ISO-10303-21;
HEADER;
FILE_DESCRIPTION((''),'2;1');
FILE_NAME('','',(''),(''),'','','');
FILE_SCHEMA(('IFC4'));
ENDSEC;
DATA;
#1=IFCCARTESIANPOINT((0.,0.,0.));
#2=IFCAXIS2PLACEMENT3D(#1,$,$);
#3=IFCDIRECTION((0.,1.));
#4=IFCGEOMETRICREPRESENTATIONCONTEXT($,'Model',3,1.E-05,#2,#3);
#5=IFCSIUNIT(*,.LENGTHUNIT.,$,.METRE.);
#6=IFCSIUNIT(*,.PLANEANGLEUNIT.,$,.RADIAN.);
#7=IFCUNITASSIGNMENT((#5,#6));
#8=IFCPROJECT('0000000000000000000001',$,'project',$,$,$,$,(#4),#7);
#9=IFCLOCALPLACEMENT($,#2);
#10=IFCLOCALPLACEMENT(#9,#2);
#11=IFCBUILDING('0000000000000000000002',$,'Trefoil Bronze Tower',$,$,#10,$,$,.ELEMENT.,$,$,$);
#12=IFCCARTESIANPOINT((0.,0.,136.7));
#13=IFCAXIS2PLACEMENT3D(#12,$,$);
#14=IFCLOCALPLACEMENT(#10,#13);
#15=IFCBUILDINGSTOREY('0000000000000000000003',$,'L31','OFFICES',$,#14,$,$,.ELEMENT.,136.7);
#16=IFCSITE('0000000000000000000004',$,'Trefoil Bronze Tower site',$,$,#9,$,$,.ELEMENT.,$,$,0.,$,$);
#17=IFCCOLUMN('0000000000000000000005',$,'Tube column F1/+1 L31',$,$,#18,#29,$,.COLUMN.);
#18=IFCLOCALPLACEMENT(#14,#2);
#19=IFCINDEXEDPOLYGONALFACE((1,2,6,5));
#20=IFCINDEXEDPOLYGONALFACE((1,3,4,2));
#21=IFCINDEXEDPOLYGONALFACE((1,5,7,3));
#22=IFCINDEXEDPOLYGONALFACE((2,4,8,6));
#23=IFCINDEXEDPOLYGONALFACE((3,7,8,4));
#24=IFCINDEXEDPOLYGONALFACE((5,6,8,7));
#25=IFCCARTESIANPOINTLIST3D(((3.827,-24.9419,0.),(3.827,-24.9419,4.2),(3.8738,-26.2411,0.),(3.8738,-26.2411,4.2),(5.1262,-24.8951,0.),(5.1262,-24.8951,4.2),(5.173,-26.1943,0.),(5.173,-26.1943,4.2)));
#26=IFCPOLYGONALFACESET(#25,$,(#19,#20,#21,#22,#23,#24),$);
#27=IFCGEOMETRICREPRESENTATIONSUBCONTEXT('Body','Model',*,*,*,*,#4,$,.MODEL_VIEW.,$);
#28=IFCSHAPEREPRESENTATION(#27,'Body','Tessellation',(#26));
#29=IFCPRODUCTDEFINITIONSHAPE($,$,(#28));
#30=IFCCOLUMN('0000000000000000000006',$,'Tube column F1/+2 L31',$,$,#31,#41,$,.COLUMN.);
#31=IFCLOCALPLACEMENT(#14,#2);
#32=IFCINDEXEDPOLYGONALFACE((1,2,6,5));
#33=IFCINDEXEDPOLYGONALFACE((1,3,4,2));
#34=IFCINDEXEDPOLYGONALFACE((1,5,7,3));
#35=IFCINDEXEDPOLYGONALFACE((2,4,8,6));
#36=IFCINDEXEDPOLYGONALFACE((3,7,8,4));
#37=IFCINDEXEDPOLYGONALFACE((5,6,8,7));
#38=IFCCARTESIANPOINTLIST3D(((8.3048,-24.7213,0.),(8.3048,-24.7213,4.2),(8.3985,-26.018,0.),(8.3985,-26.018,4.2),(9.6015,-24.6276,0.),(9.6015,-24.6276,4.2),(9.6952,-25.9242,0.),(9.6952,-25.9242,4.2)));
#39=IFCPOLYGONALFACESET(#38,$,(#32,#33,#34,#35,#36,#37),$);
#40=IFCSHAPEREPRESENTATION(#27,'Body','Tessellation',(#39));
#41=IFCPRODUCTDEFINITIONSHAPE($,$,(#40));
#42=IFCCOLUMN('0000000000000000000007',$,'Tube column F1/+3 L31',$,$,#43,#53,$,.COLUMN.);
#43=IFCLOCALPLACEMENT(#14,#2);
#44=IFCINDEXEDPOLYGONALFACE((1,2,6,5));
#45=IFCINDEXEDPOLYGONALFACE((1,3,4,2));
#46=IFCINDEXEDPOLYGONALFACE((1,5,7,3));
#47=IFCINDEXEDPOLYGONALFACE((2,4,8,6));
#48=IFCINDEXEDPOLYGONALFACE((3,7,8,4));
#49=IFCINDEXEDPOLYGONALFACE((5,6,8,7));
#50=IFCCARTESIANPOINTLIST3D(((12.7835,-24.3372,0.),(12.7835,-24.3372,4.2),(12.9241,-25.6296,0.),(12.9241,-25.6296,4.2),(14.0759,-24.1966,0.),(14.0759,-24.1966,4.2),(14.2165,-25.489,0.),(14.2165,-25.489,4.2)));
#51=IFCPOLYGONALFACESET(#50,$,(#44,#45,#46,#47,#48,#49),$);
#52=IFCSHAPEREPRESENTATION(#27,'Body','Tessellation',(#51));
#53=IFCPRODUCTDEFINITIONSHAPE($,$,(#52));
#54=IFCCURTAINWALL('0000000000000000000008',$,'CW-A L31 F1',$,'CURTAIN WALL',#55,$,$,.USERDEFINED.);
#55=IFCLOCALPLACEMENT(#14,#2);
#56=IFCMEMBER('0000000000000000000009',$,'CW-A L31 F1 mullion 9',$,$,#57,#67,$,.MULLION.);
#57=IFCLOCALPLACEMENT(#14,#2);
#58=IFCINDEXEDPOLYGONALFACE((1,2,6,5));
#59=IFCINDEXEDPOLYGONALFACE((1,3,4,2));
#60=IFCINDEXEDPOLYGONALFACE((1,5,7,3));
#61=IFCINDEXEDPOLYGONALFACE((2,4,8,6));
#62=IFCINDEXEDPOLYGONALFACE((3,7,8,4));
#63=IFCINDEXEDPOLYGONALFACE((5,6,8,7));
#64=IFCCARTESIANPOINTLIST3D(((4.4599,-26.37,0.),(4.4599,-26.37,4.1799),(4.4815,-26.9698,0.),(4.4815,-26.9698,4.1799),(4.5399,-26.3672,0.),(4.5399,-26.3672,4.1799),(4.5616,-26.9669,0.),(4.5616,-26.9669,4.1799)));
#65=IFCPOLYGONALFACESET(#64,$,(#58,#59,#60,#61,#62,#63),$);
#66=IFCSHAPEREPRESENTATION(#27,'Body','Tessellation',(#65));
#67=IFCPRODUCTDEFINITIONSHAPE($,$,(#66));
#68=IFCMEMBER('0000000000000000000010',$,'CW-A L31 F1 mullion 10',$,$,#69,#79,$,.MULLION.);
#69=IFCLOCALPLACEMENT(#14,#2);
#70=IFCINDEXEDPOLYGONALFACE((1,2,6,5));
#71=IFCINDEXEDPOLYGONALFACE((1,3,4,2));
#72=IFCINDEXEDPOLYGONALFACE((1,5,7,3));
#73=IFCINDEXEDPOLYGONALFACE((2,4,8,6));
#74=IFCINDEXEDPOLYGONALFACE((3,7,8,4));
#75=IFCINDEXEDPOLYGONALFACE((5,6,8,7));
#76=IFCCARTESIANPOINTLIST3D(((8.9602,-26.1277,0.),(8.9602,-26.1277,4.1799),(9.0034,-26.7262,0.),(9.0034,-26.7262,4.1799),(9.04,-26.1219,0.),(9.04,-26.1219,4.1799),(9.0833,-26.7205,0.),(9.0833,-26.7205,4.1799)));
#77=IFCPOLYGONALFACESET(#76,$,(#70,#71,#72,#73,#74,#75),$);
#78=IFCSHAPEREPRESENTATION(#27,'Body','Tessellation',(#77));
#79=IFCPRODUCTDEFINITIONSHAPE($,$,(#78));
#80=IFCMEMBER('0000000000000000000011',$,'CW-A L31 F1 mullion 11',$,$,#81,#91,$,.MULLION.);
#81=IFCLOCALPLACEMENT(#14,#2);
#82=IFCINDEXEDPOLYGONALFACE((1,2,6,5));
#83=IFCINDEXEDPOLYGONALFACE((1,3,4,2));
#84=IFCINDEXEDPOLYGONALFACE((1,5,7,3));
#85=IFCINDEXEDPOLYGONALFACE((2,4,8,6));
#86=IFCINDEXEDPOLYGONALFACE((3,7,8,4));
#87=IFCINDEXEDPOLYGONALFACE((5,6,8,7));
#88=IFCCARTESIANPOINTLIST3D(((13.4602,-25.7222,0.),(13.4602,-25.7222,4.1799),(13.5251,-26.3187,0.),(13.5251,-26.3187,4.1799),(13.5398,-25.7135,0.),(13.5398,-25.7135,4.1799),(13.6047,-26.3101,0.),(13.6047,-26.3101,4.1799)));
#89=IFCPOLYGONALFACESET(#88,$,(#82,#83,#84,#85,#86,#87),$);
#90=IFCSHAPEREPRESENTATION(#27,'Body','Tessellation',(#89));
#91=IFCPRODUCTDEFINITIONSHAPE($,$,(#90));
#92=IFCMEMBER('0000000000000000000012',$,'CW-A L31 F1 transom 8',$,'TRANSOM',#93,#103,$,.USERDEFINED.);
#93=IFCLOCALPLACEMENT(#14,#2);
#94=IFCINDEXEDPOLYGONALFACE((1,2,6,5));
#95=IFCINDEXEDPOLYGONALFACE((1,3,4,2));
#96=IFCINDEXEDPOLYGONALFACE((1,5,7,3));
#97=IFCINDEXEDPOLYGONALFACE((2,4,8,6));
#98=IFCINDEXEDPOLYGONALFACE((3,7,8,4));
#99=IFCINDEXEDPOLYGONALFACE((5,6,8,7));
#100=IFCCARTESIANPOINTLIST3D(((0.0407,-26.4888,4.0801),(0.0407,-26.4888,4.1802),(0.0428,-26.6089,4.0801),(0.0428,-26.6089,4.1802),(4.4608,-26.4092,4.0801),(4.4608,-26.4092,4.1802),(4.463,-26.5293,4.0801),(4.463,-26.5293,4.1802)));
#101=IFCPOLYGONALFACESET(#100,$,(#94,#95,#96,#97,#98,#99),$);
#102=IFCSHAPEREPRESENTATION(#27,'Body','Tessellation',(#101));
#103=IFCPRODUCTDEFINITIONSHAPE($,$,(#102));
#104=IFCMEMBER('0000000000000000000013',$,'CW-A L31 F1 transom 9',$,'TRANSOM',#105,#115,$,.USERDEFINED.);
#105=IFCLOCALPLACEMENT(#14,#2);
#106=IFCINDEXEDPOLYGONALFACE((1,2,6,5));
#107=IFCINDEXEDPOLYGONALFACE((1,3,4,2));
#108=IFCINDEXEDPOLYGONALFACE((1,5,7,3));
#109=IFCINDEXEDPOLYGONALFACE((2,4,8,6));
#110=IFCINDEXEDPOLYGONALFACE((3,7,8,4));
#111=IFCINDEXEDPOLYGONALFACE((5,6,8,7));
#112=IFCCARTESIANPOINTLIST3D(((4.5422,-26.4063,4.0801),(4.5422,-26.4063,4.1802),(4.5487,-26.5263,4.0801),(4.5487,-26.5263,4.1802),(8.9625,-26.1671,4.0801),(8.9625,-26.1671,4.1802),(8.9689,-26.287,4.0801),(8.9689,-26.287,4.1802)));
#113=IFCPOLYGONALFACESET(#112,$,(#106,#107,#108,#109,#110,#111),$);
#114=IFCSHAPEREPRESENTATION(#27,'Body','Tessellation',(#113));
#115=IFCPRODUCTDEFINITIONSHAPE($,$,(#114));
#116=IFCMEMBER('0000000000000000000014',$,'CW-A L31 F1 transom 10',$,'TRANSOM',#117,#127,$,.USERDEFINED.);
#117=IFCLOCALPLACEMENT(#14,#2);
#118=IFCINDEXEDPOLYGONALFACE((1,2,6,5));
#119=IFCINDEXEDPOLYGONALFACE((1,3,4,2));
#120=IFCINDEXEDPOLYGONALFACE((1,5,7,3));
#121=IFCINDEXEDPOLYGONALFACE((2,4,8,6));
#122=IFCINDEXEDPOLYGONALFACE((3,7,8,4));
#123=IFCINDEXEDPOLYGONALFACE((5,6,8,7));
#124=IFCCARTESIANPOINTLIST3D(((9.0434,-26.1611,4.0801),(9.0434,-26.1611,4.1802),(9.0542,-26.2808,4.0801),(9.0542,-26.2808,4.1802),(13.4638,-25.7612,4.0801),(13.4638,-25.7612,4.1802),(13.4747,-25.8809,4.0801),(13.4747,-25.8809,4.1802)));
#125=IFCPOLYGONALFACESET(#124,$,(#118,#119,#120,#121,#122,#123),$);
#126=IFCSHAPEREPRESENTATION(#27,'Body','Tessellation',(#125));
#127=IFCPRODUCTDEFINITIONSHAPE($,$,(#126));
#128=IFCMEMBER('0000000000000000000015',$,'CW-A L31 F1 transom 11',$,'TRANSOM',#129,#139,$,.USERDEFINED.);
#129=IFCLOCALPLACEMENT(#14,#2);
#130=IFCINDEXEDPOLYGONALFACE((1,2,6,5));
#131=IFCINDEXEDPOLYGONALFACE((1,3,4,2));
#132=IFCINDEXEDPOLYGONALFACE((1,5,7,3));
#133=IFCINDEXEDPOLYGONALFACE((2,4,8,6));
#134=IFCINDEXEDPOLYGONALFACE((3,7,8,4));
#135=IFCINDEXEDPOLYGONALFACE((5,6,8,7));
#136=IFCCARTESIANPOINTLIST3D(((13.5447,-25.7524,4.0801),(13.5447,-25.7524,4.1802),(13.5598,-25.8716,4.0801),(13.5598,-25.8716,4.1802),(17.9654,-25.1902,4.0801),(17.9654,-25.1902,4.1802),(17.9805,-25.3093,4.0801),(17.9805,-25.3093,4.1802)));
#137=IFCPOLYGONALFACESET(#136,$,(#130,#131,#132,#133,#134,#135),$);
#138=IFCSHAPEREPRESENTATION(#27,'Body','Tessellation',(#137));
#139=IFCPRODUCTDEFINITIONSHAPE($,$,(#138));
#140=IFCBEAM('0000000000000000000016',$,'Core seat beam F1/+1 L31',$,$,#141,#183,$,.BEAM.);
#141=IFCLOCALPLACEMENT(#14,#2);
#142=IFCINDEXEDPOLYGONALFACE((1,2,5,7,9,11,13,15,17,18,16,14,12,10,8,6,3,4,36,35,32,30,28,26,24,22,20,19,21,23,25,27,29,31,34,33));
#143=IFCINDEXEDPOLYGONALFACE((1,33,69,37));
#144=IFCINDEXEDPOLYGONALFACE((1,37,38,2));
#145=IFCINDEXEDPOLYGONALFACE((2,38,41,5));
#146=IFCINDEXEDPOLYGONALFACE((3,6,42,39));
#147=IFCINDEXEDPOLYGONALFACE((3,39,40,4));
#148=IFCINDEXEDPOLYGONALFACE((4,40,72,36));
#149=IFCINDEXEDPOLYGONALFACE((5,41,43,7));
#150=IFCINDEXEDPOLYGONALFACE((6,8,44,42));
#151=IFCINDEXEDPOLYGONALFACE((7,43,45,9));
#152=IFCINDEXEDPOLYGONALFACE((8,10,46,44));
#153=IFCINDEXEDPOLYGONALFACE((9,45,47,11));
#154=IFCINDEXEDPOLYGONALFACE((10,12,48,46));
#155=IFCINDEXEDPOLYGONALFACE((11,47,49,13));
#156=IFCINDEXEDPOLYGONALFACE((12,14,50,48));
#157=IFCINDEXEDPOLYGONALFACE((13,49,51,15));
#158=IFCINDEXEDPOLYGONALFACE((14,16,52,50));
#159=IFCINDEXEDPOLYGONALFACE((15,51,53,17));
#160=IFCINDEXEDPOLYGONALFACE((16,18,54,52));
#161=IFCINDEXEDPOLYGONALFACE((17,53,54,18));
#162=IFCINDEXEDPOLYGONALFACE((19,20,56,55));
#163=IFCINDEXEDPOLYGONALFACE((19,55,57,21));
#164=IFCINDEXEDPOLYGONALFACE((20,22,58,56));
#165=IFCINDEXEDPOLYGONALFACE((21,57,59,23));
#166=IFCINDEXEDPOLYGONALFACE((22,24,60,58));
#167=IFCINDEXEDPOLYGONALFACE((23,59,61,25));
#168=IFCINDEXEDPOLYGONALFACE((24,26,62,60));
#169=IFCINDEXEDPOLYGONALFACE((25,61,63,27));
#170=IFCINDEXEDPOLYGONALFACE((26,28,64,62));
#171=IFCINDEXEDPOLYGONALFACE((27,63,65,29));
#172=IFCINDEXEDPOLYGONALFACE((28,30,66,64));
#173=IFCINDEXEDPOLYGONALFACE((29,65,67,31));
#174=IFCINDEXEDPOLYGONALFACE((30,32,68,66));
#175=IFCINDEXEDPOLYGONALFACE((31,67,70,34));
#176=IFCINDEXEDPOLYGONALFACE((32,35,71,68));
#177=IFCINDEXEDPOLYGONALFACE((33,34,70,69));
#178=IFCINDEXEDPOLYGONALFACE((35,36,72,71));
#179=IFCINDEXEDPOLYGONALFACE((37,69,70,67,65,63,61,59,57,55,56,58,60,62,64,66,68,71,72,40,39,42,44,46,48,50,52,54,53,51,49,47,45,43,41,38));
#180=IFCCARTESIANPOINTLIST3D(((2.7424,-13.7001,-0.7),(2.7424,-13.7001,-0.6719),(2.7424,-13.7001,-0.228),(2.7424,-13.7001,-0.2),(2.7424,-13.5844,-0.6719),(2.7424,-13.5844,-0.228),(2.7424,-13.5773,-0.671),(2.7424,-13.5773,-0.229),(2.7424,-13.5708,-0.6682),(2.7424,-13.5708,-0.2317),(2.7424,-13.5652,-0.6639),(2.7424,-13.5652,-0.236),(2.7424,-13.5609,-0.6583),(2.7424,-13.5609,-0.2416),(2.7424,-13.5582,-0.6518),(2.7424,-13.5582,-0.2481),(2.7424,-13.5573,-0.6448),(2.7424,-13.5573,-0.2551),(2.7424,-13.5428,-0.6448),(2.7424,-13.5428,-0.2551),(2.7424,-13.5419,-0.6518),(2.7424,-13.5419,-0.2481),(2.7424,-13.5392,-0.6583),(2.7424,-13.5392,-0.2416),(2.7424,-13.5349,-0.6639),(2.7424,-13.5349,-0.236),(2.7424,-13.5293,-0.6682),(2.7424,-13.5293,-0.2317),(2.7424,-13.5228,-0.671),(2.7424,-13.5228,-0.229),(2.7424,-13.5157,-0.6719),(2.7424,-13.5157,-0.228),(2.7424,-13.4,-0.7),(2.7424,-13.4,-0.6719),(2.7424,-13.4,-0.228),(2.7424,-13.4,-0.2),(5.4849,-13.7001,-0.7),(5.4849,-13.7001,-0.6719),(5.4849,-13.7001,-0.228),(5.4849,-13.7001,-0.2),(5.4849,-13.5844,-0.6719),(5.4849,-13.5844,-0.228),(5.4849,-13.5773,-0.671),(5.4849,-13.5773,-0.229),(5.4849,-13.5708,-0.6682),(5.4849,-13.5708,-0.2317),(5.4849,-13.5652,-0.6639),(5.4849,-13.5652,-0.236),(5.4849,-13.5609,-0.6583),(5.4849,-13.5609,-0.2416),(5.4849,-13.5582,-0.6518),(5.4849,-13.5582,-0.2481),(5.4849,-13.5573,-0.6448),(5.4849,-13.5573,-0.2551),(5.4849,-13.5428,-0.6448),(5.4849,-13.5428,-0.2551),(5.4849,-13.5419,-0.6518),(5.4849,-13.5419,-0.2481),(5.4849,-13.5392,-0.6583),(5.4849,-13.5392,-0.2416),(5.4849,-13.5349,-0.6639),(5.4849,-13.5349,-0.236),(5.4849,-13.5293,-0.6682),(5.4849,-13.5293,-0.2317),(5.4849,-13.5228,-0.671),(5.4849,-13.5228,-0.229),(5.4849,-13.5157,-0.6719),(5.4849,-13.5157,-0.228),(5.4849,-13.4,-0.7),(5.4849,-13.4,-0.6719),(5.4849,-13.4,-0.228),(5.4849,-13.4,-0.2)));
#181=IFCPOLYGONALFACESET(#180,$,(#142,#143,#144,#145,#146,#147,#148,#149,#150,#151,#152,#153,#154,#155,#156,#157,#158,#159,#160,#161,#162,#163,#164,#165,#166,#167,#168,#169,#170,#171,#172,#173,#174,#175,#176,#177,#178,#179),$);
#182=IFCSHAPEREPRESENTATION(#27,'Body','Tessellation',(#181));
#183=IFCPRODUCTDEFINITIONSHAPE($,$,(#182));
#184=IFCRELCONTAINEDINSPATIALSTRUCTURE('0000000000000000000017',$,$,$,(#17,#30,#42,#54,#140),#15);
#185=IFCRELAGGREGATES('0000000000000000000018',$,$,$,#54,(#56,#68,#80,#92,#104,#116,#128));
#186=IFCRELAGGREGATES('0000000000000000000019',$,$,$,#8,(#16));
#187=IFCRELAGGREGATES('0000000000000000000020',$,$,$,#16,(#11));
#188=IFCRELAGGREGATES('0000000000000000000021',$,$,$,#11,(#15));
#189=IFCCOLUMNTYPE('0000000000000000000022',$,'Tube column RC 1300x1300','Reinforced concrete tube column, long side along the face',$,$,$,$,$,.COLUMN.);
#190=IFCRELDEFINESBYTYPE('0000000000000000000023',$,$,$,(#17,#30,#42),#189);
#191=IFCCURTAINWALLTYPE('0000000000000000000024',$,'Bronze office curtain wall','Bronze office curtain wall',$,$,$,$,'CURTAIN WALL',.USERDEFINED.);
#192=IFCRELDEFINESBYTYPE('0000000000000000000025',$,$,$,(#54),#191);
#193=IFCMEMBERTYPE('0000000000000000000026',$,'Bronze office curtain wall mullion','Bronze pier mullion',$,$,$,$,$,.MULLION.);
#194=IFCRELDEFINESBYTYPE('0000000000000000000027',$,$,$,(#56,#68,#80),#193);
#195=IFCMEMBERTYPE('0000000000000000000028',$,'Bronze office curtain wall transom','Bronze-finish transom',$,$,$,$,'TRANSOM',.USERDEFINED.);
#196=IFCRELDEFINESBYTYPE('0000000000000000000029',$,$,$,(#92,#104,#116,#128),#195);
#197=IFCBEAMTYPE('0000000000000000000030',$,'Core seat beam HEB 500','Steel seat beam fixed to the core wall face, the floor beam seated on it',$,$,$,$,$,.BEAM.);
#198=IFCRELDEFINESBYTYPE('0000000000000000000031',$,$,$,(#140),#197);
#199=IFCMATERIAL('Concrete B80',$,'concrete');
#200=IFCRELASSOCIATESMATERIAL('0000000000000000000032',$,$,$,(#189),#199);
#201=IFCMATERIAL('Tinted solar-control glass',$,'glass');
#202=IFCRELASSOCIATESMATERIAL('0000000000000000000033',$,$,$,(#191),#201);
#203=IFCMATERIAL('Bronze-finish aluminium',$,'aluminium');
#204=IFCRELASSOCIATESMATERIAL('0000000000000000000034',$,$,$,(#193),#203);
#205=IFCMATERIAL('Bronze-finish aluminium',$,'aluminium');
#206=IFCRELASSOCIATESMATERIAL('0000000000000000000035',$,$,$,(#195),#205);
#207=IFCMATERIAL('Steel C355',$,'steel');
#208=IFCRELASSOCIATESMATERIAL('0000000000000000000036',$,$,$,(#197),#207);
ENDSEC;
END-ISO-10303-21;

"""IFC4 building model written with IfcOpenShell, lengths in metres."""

from ifc_helpers import new_model, si_unit, direction, frame, origin, origin_2d, place, context, subcontext, project, spatial, rectangle, i_section, extrude, material, material_profile, profile_set, type_object, element, aggregate, save


model = new_model("IFC4")

# Units and contexts
model_context = context("Model", 3, precision=1e-05, world=origin(), true_north=direction((0.0, 1.0)))
body_context = subcontext(model_context, "Body", "Model", "MODEL_VIEW")
ifc_project = project(units=[si_unit("LENGTHUNIT", "METRE"), si_unit("PLANEANGLEUNIT", "RADIAN")], contexts=[model_context])

# Site, building, storey
site_placement = place(None, origin())
site = spatial("IfcSite", under=ifc_project, at=site_placement, Name="Trefoil Bronze Tower site", CompositionType="ELEMENT", RefElevation=0.0)
building_placement = place(site_placement, origin())
building = spatial("IfcBuilding", under=site, at=building_placement, Name="Trefoil Bronze Tower", CompositionType="ELEMENT")
storey_placement = place(building_placement, frame((0.0, 0.0, 136.7)))
storey = spatial("IfcBuildingStorey", under=building, at=storey_placement, Name="L31", Description="OFFICES", CompositionType="ELEMENT", Elevation=136.7)

# Columns
ifc_material_1 = material(Name="Concrete B80", Category="concrete")
ifc_material_profile_1 = material_profile(ifc_material_1, rectangle(XDim=1.3, YDim=1.3, at=origin_2d()), Name="RC 1300x1300")
ifc_profile_set_1 = profile_set([ifc_material_profile_1], Name="Concrete B80")
column_type = type_object("IfcColumnType", Name="Tube column RC 1300x1300", Description="Reinforced concrete tube column, long side along the face", PredefinedType="COLUMN", material=ifc_profile_set_1)
for number, where, z_axis, x_axis, name in (
    (1, (4.5, -25.5681, 0.0), (0.0, 0.0, 1.0), (0.99935, 0.036048, 0.0), "Tube column F1/+1 L31"),
    (2, (9.0, -25.3228, 0.0), (0.0, 0.0, 1.0), (0.997398, 0.072096, 0.0), "Tube column F1/+2 L31"),
    (3, (13.5, -24.9131, 0.0), (0.0, 0.0, 1.0), (0.994135, 0.108144, 0.0), "Tube column F1/+3 L31"),
):
    element("IfcColumn", number, at=place(storey_placement, frame(where, z_axis=z_axis, x_axis=x_axis)), inside=storey, type_object=column_type, Name=name, PredefinedType="COLUMN", context=body_context, shape_type="SweptSolid", body=[
        extrude(rectangle(XDim=1.3, YDim=1.3, at=origin_2d()), origin(), (0.0, 0.0, 1.0), 4.2),
    ])

# Curtain wall, members
ifc_material_2 = material(Name="Tinted solar-control glass", Category="glass")
curtain_wall_type = type_object("IfcCurtainWallType", Name="Bronze office curtain wall", Description="Bronze office curtain wall", ElementType="CURTAIN WALL", PredefinedType="USERDEFINED", material=ifc_material_2)
curtain_wall_placement = place(storey_placement, origin())
curtain_wall = element("IfcCurtainWall", 4, at=curtain_wall_placement, inside=storey, type_object=curtain_wall_type, Name="CW-A L31 F1", ObjectType="CURTAIN WALL", PredefinedType="USERDEFINED")
ifc_material_3 = material(Name="Bronze-finish aluminium", Category="aluminium")
ifc_material_profile_2 = material_profile(ifc_material_3, rectangle(XDim=0.6001, YDim=0.0801, at=origin_2d()), Name="CW-A mullion")
ifc_profile_set_2 = profile_set([ifc_material_profile_2], Name="Bronze-finish aluminium")
member_type_1 = type_object("IfcMemberType", Name="Bronze office curtain wall mullion", Description="Bronze pier mullion", PredefinedType="MULLION", material=ifc_profile_set_2)
member_1_placement = place(storey_placement, frame((4.5107, -26.6685, 0.0), z_axis=(0.0, 0.0, 1.0), x_axis=(-0.036048, 0.99935, 0.0)))
member_1 = element("IfcMember", 5, at=member_1_placement, type_object=member_type_1, Name="CW-A L31 F1 mullion 9", PredefinedType="MULLION", context=body_context, shape_type="SweptSolid", body=[
    extrude(rectangle(XDim=0.6001, YDim=0.0801, at=origin_2d()), origin(), (0.0, 0.0, 1.0), 4.1799),
])
member_2_placement = place(storey_placement, frame((9.0217, -26.4241, 0.0), z_axis=(0.0, 0.0, 1.0), x_axis=(-0.072096, 0.997398, 0.0)))
member_2 = element("IfcMember", 6, at=member_2_placement, type_object=member_type_1, Name="CW-A L31 F1 mullion 10", PredefinedType="MULLION", context=body_context, shape_type="SweptSolid", body=[
    extrude(rectangle(XDim=0.6001, YDim=0.0801, at=origin_2d()), origin(), (0.0, 0.0, 1.0), 4.1799),
])
member_3_placement = place(storey_placement, frame((13.5325, -26.0161, 0.0), z_axis=(0.0, 0.0, 1.0), x_axis=(-0.108144, 0.994135, 0.0)))
member_3 = element("IfcMember", 7, at=member_3_placement, type_object=member_type_1, Name="CW-A L31 F1 mullion 11", PredefinedType="MULLION", context=body_context, shape_type="SweptSolid", body=[
    extrude(rectangle(XDim=0.6001, YDim=0.0801, at=origin_2d()), origin(), (0.0, 0.0, 1.0), 4.1799),
])
ifc_material_4 = material(Name="Bronze-finish aluminium", Category="aluminium")
ifc_material_profile_3 = material_profile(ifc_material_4, rectangle(XDim=0.1201, YDim=0.1001, at=origin_2d()), Name="CW-A transom")
ifc_profile_set_3 = profile_set([ifc_material_profile_3], Name="Bronze-finish aluminium")
member_type_2 = type_object("IfcMemberType", Name="Bronze office curtain wall transom", Description="Bronze-finish transom", ElementType="TRANSOM", PredefinedType="USERDEFINED", material=ifc_profile_set_3)
member_4_placement = place(storey_placement, frame((0.0417, -26.5488, 4.1301), z_axis=(0.999838, 0.018003, 0.0), x_axis=(-0.018003, 0.999838, 0.0)))
member_4 = element("IfcMember", 8, at=member_4_placement, type_object=member_type_2, Name="CW-A L31 F1 transom 8", ObjectType="TRANSOM", PredefinedType="USERDEFINED", context=body_context, shape_type="SweptSolid", body=[
    extrude(rectangle(XDim=0.1201, YDim=0.1001, at=origin_2d()), origin(), (0.0, 0.0, 1.0), 4.4209),
])
member_5_placement = place(storey_placement, frame((4.5454, -26.4663, 4.1301), z_axis=(0.998538, 0.05405, 0.0), x_axis=(-0.05405, 0.998538, 0.0)))
member_5 = element("IfcMember", 9, at=member_5_placement, type_object=member_type_2, Name="CW-A L31 F1 transom 9", ObjectType="TRANSOM", PredefinedType="USERDEFINED", context=body_context, shape_type="SweptSolid", body=[
    extrude(rectangle(XDim=0.1201, YDim=0.1001, at=origin_2d()), origin(), (0.0, 0.0, 1.0), 4.4268),
])
member_6_placement = place(storey_placement, frame((9.0488, -26.2209, 4.1301), z_axis=(0.995933, 0.090099, 0.0), x_axis=(-0.090099, 0.995933, 0.0)))
member_6 = element("IfcMember", 10, at=member_6_placement, type_object=member_type_2, Name="CW-A L31 F1 transom 10", ObjectType="TRANSOM", PredefinedType="USERDEFINED", context=body_context, shape_type="SweptSolid", body=[
    extrude(rectangle(XDim=0.1201, YDim=0.1001, at=origin_2d()), origin(), (0.0, 0.0, 1.0), 4.4385),
])
member_7_placement = place(storey_placement, frame((13.5522, -25.812, 4.1301), z_axis=(0.992008, 0.126172, 0.0), x_axis=(-0.126172, 0.992008, 0.0)))
member_7 = element("IfcMember", 11, at=member_7_placement, type_object=member_type_2, Name="CW-A L31 F1 transom 11", ObjectType="TRANSOM", PredefinedType="USERDEFINED", context=body_context, shape_type="SweptSolid", body=[
    extrude(rectangle(XDim=0.1201, YDim=0.1001, at=origin_2d()), origin(), (0.0, 0.0, 1.0), 4.4563),
])

# Beam
ifc_material_5 = material(Name="Steel C355", Category="steel")
ifc_material_profile_4 = material_profile(ifc_material_5, i_section(OverallWidth=0.3, OverallDepth=0.5, WebThickness=0.0144, FlangeThickness=0.0281, FilletRadius=0.0271, at=origin_2d()), Name="HEB 500")
ifc_profile_set_4 = profile_set([ifc_material_profile_4], Name="Steel C355")
beam_type_1 = type_object("IfcBeamType", Name="Core seat beam HEB 500", Description="Steel seat beam fixed to the core wall face, the floor beam seated on it", PredefinedType="BEAM", material=ifc_profile_set_4)
for number, where, z_axis, x_axis, name in (
    (12, (2.7424, -13.55, -0.45), (1.0, 0.0, 0.0), (0.0, 1.0, 0.0), "Core seat beam F1/+1 L31"),
):
    element("IfcBeam", number, at=place(storey_placement, frame(where, z_axis=z_axis, x_axis=x_axis)), inside=storey, type_object=beam_type_1, Name=name, PredefinedType="BEAM", context=body_context, shape_type="SweptSolid", body=[
        extrude(i_section(OverallWidth=0.3, OverallDepth=0.5, WebThickness=0.0144, FlangeThickness=0.0281, FilletRadius=0.0271, at=origin_2d()), origin(), (0.0, 0.0, 1.0), 2.7424),
    ])

aggregate(curtain_wall, [member_1, member_2, member_3, member_4, member_5, member_6, member_7])

save(model, "model.ifc")
